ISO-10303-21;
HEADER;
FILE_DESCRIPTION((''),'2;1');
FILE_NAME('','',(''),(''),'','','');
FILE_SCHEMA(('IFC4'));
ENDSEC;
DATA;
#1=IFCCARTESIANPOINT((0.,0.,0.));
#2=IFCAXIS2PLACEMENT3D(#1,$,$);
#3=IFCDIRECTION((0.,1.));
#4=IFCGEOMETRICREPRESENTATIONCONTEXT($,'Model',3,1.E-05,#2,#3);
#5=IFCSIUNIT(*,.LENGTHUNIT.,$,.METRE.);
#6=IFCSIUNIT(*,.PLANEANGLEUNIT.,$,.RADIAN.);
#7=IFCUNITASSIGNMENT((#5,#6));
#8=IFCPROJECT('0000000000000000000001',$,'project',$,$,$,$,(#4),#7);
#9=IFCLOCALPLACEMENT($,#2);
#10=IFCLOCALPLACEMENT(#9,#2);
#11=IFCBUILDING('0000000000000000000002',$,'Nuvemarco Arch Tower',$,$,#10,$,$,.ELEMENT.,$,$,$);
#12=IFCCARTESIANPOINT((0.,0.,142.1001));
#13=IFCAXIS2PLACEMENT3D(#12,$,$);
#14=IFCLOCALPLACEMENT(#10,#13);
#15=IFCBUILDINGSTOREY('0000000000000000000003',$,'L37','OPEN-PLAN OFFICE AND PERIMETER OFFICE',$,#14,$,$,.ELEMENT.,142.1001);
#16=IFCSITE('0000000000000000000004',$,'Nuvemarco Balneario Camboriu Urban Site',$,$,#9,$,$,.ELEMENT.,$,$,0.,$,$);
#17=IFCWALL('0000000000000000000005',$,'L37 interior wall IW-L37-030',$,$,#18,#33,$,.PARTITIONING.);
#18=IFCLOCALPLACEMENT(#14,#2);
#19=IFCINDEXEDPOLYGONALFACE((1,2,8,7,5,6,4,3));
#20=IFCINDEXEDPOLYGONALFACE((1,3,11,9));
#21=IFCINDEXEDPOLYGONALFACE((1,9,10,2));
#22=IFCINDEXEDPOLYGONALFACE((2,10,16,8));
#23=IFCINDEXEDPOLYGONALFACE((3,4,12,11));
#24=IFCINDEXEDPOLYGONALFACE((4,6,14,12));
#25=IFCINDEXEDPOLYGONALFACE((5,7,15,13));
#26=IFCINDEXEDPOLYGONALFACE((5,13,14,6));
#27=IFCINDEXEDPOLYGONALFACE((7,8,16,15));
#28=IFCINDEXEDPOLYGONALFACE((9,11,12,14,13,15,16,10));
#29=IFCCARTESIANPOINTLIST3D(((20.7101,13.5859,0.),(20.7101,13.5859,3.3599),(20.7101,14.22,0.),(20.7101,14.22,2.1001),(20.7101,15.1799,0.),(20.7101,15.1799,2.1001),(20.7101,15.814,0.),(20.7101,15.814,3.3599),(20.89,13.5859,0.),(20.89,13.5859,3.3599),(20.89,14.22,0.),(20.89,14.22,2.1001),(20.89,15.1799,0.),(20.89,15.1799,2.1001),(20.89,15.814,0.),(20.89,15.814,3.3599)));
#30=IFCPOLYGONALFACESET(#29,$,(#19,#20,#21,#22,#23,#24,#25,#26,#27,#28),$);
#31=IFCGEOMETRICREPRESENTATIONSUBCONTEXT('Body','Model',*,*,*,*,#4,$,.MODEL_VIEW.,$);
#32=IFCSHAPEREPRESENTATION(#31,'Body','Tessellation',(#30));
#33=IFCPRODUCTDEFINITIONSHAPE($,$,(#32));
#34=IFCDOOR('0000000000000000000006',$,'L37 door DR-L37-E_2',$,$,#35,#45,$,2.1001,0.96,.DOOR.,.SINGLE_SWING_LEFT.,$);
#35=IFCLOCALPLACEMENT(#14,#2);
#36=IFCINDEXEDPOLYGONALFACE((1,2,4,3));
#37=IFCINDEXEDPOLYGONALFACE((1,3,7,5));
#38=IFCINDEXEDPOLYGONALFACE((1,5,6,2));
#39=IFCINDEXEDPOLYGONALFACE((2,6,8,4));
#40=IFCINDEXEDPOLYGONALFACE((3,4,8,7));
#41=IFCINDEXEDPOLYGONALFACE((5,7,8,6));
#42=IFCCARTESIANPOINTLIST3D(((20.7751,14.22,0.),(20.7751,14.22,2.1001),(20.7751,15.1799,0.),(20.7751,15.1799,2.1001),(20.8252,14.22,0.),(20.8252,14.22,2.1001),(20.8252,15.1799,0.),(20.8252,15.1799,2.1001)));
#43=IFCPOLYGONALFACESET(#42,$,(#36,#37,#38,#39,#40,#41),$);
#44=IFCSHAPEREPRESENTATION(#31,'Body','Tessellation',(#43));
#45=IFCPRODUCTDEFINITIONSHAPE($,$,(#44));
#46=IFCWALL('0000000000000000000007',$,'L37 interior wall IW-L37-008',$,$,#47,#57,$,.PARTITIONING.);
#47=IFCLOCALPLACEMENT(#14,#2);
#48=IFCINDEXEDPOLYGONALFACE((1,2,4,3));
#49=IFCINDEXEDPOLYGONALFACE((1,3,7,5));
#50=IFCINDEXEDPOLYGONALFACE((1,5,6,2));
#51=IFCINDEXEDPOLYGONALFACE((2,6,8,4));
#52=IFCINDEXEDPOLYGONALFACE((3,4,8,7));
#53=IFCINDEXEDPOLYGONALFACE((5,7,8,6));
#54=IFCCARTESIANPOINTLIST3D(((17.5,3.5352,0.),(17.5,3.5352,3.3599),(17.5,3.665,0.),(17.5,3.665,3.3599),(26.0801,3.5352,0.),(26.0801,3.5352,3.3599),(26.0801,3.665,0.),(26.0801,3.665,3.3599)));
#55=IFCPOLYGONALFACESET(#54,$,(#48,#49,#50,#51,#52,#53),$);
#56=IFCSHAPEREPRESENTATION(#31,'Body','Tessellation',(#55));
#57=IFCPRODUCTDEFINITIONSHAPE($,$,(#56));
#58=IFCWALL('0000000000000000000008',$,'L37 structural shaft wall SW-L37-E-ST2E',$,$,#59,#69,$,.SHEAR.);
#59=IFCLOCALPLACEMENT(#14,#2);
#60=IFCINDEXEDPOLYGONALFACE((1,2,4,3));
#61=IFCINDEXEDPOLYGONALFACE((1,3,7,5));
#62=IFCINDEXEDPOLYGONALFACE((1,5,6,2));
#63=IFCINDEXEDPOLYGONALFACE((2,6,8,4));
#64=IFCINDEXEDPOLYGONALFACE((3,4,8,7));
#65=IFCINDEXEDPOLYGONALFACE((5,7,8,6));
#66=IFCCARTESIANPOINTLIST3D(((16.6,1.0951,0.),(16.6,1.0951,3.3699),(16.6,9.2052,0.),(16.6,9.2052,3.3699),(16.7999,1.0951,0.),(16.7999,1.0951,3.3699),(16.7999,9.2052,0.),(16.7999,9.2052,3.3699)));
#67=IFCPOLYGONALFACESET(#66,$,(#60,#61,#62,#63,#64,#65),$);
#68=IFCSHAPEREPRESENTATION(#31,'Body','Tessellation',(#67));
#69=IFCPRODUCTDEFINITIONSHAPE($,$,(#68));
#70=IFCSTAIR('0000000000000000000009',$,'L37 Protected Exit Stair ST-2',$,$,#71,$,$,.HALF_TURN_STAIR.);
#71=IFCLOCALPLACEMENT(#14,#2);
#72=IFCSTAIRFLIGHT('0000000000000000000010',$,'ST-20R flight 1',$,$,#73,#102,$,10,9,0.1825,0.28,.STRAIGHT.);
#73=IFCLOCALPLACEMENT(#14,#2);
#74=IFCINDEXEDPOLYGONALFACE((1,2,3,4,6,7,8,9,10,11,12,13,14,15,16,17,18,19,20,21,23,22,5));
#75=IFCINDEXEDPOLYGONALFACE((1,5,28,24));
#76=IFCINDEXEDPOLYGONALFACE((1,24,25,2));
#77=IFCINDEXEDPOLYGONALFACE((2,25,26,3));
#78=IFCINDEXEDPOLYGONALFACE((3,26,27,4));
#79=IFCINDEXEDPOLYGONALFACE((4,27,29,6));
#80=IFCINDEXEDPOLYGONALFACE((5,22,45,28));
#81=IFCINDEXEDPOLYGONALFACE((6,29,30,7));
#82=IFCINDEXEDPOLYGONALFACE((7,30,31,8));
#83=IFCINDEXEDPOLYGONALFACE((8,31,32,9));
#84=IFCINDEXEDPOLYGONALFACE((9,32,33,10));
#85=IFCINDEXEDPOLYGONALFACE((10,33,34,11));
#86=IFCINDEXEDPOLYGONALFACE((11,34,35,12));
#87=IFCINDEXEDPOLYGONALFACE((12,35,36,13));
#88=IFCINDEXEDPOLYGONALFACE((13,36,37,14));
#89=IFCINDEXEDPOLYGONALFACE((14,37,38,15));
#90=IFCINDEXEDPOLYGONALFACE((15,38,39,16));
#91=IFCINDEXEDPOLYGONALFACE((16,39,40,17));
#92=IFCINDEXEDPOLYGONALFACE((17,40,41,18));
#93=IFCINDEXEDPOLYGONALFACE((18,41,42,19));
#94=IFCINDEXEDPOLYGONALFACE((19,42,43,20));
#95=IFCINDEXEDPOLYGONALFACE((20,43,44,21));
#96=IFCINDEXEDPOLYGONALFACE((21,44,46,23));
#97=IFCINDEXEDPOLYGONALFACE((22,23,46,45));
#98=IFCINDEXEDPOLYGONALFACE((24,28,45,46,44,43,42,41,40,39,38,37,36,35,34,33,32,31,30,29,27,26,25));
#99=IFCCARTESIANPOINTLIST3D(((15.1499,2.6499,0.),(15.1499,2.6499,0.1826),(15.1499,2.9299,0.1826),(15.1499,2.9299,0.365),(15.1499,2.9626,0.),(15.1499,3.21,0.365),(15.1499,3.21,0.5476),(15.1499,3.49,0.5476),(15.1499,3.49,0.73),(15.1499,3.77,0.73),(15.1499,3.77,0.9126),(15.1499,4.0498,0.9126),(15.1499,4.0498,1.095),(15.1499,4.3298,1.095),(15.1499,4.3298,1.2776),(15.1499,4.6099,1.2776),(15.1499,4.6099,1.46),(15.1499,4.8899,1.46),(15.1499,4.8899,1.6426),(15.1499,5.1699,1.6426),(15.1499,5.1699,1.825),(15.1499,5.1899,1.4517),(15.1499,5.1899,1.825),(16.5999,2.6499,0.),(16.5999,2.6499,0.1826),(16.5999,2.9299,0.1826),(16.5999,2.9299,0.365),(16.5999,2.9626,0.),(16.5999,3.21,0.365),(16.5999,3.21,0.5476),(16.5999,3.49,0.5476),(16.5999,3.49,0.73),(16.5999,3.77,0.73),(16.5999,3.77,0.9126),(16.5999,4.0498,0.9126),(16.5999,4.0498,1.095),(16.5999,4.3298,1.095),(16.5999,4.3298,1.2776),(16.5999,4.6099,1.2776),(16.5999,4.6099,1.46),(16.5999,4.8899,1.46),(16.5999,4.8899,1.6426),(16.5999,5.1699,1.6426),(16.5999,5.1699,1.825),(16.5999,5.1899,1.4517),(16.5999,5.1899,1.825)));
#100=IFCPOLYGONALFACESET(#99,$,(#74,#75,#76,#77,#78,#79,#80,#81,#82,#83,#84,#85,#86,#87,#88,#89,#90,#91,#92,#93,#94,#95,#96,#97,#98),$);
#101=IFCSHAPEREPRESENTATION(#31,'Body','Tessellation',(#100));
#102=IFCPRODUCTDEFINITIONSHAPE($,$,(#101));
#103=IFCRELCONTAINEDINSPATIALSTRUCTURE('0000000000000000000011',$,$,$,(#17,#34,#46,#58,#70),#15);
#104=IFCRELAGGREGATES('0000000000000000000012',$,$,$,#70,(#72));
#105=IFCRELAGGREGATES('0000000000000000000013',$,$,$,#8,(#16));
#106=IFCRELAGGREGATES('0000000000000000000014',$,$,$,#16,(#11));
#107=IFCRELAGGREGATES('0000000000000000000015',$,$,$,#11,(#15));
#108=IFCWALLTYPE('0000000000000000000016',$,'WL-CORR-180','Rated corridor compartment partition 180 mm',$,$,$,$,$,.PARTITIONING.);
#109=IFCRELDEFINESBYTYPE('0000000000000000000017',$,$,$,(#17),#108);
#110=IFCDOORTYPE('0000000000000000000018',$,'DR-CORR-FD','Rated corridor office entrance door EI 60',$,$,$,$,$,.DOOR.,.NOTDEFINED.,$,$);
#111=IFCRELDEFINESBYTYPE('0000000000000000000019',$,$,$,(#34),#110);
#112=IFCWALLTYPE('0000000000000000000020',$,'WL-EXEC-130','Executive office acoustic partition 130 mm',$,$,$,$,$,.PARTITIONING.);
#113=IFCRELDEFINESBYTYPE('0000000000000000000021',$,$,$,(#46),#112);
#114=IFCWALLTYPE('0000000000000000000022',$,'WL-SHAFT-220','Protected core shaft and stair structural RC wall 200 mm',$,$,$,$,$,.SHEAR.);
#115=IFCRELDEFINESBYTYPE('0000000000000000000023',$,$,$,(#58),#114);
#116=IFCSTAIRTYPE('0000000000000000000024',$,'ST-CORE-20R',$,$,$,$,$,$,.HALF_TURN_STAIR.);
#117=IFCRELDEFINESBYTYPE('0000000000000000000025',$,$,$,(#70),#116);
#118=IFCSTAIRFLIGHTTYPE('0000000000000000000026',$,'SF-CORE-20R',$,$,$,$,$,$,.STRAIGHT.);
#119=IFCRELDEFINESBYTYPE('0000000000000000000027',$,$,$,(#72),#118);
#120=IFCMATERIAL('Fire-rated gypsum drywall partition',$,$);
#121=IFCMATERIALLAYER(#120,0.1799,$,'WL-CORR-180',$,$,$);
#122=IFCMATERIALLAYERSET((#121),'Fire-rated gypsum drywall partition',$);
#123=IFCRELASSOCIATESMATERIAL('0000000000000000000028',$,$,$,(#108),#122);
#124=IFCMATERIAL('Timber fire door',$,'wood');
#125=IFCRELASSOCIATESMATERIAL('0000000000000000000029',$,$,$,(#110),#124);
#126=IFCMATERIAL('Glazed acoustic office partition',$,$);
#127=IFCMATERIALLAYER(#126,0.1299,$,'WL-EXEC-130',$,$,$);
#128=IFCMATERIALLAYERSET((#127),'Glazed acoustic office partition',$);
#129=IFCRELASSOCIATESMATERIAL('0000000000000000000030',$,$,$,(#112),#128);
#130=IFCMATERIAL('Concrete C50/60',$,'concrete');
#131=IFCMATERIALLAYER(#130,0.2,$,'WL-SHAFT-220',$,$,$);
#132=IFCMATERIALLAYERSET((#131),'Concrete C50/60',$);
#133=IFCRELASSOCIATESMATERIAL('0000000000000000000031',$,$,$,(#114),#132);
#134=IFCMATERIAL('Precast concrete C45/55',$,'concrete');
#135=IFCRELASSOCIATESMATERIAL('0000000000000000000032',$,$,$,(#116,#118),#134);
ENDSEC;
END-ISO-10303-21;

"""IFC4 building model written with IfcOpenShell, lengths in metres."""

from ifc_helpers import new_model, si_unit, direction, frame, frame_2d, origin, place, context, subcontext, project, spatial, polyline, rectangle, outline, extrude, source, transform, mapped, material, layer, layer_set, type_object, type_shapes, element, fill, aggregate, save


model = new_model("IFC4")

# Units and contexts
model_context = context("Model", 3, precision=1e-05, world=origin(), true_north=direction((0.0, 1.0)))
body_context = subcontext(model_context, "Body", "Model", "MODEL_VIEW")
ifc_project = project(units=[si_unit("LENGTHUNIT", "METRE"), si_unit("PLANEANGLEUNIT", "RADIAN")], contexts=[model_context])

# Site, building, storey
site_placement = place(None, origin())
site = spatial("IfcSite", under=ifc_project, at=site_placement, Name="Nuvemarco Balneario Camboriu Urban Site", CompositionType="ELEMENT", RefElevation=0.0)
building_placement = place(site_placement, origin())
building = spatial("IfcBuilding", under=site, at=building_placement, Name="Nuvemarco Arch Tower", CompositionType="ELEMENT")
storey_placement = place(building_placement, frame((0.0, 0.0, 142.1001)))
storey = spatial("IfcBuildingStorey", under=building, at=storey_placement, Name="L37", Description="OPEN-PLAN OFFICE AND PERIMETER OFFICE", CompositionType="ELEMENT", Elevation=142.1001)

# Shared definitions
ifc_material_1 = material(Name="Concrete C50/60", Category="concrete")

# Shared definitions
ifc_material_2 = material(Name="Precast concrete C45/55", Category="concrete")

# Shared definitions
ifc_material_3 = material(Name="Fire-rated gypsum drywall partition")
ifc_layer_1 = layer(ifc_material_3, 0.1799, Name="WL-CORR-180")
ifc_layer_set_1 = layer_set([ifc_layer_1], Name="Fire-rated gypsum drywall partition")
wall_type_1 = type_object("IfcWallType", Name="WL-CORR-180", Description="Rated corridor compartment partition 180 mm", PredefinedType="PARTITIONING", material=ifc_layer_set_1)

# Wall, opening, door
wall_1_placement = place(storey_placement, frame((20.8, 13.5859, 0.0), z_axis=(0.0, 0.0, 1.0), x_axis=(0.0, 1.0, 0.0)))
wall_1 = element("IfcWall", 1, at=wall_1_placement, inside=storey, type_object=wall_type_1, Name="L37 interior wall IW-L37-030", PredefinedType="PARTITIONING", context=body_context, shape_type="SweptSolid", body=[
    extrude(rectangle(XDim=2.228, YDim=0.1799, at=frame_2d((1.114, 0.0))), origin(), (0.0, 0.0, 1.0), 3.3599),
])
opening_placement = place(wall_1_placement, frame((0.634, 0.0, 0.0)))
opening = element("IfcOpeningElement", 2, at=opening_placement, cuts=wall_1, PredefinedType="OPENING", context=body_context, shape_type="SweptSolid", body=[
    extrude(rectangle(XDim=0.96, YDim=2.1001, at=frame_2d((0.48, 1.05))), frame((0.0, 0.0999, 0.0), z_axis=(0.0, -1.0, 0.0), x_axis=(1.0, 0.0, 0.0)), (0.0, 0.0, 1.0), 0.2),
])
ifc_material_4 = material(Name="Timber fire door", Category="wood")
door_type = type_object("IfcDoorType", Name="DR-CORR-FD", Description="Rated corridor office entrance door EI 60", OperationType="NOTDEFINED", PredefinedType="DOOR", material=ifc_material_4)
shared_shape_1 = source(origin(), body_context, "Body", "SweptSolid", [
    extrude(rectangle(XDim=0.96, YDim=2.1001, at=frame_2d((0.48, 1.05))), frame((0.0, 0.0249, 0.0), z_axis=(0.0, -1.0, 0.0), x_axis=(1.0, 0.0, 0.0)), (0.0, 0.0, 1.0), 0.05),
])
type_shapes(door_type, [shared_shape_1])
door_placement = place(opening_placement, origin())
door = element("IfcDoor", 3, at=door_placement, inside=storey, type_object=door_type, Name="L37 door DR-L37-E_2", OperationType="SINGLE_SWING_LEFT", OverallHeight=2.1001, OverallWidth=0.96, PredefinedType="DOOR", context=body_context, shape_type="MappedRepresentation", body=[
    mapped(shared_shape_1, transform((0.0, 0.0, 0.0), scale=1.0)),
])
fill(opening, door)

# Walls
ifc_material_5 = material(Name="Glazed acoustic office partition")
ifc_layer_2 = layer(ifc_material_5, 0.1299, Name="WL-EXEC-130")
ifc_layer_set_2 = layer_set([ifc_layer_2], Name="Glazed acoustic office partition")
wall_type_2 = type_object("IfcWallType", Name="WL-EXEC-130", Description="Executive office acoustic partition 130 mm", PredefinedType="PARTITIONING", material=ifc_layer_set_2)
wall_2_placement = place(storey_placement, frame((17.5, 3.6001, 0.0), z_axis=(0.0, 0.0, 1.0), x_axis=(1.0, 0.0, 0.0)))
element("IfcWall", 4, at=wall_2_placement, inside=storey, type_object=wall_type_2, Name="L37 interior wall IW-L37-008", PredefinedType="PARTITIONING", context=body_context, shape_type="SweptSolid", body=[
    extrude(rectangle(XDim=8.5801, YDim=0.1299, at=frame_2d((4.29, 0.0))), origin(), (0.0, 0.0, 1.0), 3.3599),
])
ifc_layer_3 = layer(ifc_material_1, 0.2, Name="WL-SHAFT-220")
ifc_layer_set_3 = layer_set([ifc_layer_3], Name="Concrete C50/60")
wall_type_3 = type_object("IfcWallType", Name="WL-SHAFT-220", Description="Protected core shaft and stair structural RC wall 200 mm", PredefinedType="SHEAR", material=ifc_layer_set_3)
wall_3_placement = place(storey_placement, frame((16.7, 1.095, 0.0), z_axis=(0.0, 0.0, 1.0), x_axis=(0.0, 1.0, 0.0)))
element("IfcWall", 5, at=wall_3_placement, inside=storey, type_object=wall_type_3, Name="L37 structural shaft wall SW-L37-E-ST2E", PredefinedType="SHEAR", context=body_context, shape_type="SweptSolid", body=[
    extrude(rectangle(XDim=8.1101, YDim=0.2, at=frame_2d((4.0552, 0.0))), origin(), (0.0, 0.0, 1.0), 3.3699),
])

# Stair, stair flight
stair_type = type_object("IfcStairType", Name="ST-CORE-20R", PredefinedType="HALF_TURN_STAIR", material=ifc_material_2)
stair_placement = place(storey_placement, origin())
stair = element("IfcStair", 6, at=stair_placement, inside=storey, type_object=stair_type, Name="L37 Protected Exit Stair ST-2", PredefinedType="HALF_TURN_STAIR")
stair_flight_type = type_object("IfcStairFlightType", Name="SF-CORE-20R", PredefinedType="STRAIGHT", material=ifc_material_2)
stair_flight_placement = place(storey_placement, frame((15.875, 2.6499, 0.0), z_axis=(0.0, 0.0, 1.0), x_axis=(0.0, 1.0, 0.0)))
stair_flight = element("IfcStairFlight", 7, at=stair_flight_placement, type_object=stair_flight_type, Name="ST-20R flight 1", NumberOfRisers=10, NumberOfTreads=9, PredefinedType="STRAIGHT", RiserHeight=0.1825, TreadLength=0.28, context=body_context, shape_type="SweptSolid", body=[
    extrude(outline(polyline([(0.0, 0.0), (0.0, 0.1826), (0.28, 0.1826), (0.28, 0.365), (0.5601, 0.365), (0.5601, 0.5476), (0.8401, 0.5476), (0.8401, 0.73), (1.1201, 0.73), (1.1201, 0.9126), (1.3999, 0.9126), (1.3999, 1.095), (1.6799, 1.095), (1.6799, 1.2776), (1.96, 1.2776), (1.96, 1.46), (2.24, 1.46), (2.24, 1.6426), (2.52, 1.6426), (2.52, 1.825), (2.54, 1.825), (2.54, 1.4517), (0.3127, 0.0), (0.0, 0.0)])), frame((0.0, 0.7251, 0.0), z_axis=(0.0, -1.0, 0.0), x_axis=(1.0, 0.0, 0.0)), (0.0, 0.0, 1.0), 1.45),
])
aggregate(stair, [stair_flight])

save(model, "model.ifc")
